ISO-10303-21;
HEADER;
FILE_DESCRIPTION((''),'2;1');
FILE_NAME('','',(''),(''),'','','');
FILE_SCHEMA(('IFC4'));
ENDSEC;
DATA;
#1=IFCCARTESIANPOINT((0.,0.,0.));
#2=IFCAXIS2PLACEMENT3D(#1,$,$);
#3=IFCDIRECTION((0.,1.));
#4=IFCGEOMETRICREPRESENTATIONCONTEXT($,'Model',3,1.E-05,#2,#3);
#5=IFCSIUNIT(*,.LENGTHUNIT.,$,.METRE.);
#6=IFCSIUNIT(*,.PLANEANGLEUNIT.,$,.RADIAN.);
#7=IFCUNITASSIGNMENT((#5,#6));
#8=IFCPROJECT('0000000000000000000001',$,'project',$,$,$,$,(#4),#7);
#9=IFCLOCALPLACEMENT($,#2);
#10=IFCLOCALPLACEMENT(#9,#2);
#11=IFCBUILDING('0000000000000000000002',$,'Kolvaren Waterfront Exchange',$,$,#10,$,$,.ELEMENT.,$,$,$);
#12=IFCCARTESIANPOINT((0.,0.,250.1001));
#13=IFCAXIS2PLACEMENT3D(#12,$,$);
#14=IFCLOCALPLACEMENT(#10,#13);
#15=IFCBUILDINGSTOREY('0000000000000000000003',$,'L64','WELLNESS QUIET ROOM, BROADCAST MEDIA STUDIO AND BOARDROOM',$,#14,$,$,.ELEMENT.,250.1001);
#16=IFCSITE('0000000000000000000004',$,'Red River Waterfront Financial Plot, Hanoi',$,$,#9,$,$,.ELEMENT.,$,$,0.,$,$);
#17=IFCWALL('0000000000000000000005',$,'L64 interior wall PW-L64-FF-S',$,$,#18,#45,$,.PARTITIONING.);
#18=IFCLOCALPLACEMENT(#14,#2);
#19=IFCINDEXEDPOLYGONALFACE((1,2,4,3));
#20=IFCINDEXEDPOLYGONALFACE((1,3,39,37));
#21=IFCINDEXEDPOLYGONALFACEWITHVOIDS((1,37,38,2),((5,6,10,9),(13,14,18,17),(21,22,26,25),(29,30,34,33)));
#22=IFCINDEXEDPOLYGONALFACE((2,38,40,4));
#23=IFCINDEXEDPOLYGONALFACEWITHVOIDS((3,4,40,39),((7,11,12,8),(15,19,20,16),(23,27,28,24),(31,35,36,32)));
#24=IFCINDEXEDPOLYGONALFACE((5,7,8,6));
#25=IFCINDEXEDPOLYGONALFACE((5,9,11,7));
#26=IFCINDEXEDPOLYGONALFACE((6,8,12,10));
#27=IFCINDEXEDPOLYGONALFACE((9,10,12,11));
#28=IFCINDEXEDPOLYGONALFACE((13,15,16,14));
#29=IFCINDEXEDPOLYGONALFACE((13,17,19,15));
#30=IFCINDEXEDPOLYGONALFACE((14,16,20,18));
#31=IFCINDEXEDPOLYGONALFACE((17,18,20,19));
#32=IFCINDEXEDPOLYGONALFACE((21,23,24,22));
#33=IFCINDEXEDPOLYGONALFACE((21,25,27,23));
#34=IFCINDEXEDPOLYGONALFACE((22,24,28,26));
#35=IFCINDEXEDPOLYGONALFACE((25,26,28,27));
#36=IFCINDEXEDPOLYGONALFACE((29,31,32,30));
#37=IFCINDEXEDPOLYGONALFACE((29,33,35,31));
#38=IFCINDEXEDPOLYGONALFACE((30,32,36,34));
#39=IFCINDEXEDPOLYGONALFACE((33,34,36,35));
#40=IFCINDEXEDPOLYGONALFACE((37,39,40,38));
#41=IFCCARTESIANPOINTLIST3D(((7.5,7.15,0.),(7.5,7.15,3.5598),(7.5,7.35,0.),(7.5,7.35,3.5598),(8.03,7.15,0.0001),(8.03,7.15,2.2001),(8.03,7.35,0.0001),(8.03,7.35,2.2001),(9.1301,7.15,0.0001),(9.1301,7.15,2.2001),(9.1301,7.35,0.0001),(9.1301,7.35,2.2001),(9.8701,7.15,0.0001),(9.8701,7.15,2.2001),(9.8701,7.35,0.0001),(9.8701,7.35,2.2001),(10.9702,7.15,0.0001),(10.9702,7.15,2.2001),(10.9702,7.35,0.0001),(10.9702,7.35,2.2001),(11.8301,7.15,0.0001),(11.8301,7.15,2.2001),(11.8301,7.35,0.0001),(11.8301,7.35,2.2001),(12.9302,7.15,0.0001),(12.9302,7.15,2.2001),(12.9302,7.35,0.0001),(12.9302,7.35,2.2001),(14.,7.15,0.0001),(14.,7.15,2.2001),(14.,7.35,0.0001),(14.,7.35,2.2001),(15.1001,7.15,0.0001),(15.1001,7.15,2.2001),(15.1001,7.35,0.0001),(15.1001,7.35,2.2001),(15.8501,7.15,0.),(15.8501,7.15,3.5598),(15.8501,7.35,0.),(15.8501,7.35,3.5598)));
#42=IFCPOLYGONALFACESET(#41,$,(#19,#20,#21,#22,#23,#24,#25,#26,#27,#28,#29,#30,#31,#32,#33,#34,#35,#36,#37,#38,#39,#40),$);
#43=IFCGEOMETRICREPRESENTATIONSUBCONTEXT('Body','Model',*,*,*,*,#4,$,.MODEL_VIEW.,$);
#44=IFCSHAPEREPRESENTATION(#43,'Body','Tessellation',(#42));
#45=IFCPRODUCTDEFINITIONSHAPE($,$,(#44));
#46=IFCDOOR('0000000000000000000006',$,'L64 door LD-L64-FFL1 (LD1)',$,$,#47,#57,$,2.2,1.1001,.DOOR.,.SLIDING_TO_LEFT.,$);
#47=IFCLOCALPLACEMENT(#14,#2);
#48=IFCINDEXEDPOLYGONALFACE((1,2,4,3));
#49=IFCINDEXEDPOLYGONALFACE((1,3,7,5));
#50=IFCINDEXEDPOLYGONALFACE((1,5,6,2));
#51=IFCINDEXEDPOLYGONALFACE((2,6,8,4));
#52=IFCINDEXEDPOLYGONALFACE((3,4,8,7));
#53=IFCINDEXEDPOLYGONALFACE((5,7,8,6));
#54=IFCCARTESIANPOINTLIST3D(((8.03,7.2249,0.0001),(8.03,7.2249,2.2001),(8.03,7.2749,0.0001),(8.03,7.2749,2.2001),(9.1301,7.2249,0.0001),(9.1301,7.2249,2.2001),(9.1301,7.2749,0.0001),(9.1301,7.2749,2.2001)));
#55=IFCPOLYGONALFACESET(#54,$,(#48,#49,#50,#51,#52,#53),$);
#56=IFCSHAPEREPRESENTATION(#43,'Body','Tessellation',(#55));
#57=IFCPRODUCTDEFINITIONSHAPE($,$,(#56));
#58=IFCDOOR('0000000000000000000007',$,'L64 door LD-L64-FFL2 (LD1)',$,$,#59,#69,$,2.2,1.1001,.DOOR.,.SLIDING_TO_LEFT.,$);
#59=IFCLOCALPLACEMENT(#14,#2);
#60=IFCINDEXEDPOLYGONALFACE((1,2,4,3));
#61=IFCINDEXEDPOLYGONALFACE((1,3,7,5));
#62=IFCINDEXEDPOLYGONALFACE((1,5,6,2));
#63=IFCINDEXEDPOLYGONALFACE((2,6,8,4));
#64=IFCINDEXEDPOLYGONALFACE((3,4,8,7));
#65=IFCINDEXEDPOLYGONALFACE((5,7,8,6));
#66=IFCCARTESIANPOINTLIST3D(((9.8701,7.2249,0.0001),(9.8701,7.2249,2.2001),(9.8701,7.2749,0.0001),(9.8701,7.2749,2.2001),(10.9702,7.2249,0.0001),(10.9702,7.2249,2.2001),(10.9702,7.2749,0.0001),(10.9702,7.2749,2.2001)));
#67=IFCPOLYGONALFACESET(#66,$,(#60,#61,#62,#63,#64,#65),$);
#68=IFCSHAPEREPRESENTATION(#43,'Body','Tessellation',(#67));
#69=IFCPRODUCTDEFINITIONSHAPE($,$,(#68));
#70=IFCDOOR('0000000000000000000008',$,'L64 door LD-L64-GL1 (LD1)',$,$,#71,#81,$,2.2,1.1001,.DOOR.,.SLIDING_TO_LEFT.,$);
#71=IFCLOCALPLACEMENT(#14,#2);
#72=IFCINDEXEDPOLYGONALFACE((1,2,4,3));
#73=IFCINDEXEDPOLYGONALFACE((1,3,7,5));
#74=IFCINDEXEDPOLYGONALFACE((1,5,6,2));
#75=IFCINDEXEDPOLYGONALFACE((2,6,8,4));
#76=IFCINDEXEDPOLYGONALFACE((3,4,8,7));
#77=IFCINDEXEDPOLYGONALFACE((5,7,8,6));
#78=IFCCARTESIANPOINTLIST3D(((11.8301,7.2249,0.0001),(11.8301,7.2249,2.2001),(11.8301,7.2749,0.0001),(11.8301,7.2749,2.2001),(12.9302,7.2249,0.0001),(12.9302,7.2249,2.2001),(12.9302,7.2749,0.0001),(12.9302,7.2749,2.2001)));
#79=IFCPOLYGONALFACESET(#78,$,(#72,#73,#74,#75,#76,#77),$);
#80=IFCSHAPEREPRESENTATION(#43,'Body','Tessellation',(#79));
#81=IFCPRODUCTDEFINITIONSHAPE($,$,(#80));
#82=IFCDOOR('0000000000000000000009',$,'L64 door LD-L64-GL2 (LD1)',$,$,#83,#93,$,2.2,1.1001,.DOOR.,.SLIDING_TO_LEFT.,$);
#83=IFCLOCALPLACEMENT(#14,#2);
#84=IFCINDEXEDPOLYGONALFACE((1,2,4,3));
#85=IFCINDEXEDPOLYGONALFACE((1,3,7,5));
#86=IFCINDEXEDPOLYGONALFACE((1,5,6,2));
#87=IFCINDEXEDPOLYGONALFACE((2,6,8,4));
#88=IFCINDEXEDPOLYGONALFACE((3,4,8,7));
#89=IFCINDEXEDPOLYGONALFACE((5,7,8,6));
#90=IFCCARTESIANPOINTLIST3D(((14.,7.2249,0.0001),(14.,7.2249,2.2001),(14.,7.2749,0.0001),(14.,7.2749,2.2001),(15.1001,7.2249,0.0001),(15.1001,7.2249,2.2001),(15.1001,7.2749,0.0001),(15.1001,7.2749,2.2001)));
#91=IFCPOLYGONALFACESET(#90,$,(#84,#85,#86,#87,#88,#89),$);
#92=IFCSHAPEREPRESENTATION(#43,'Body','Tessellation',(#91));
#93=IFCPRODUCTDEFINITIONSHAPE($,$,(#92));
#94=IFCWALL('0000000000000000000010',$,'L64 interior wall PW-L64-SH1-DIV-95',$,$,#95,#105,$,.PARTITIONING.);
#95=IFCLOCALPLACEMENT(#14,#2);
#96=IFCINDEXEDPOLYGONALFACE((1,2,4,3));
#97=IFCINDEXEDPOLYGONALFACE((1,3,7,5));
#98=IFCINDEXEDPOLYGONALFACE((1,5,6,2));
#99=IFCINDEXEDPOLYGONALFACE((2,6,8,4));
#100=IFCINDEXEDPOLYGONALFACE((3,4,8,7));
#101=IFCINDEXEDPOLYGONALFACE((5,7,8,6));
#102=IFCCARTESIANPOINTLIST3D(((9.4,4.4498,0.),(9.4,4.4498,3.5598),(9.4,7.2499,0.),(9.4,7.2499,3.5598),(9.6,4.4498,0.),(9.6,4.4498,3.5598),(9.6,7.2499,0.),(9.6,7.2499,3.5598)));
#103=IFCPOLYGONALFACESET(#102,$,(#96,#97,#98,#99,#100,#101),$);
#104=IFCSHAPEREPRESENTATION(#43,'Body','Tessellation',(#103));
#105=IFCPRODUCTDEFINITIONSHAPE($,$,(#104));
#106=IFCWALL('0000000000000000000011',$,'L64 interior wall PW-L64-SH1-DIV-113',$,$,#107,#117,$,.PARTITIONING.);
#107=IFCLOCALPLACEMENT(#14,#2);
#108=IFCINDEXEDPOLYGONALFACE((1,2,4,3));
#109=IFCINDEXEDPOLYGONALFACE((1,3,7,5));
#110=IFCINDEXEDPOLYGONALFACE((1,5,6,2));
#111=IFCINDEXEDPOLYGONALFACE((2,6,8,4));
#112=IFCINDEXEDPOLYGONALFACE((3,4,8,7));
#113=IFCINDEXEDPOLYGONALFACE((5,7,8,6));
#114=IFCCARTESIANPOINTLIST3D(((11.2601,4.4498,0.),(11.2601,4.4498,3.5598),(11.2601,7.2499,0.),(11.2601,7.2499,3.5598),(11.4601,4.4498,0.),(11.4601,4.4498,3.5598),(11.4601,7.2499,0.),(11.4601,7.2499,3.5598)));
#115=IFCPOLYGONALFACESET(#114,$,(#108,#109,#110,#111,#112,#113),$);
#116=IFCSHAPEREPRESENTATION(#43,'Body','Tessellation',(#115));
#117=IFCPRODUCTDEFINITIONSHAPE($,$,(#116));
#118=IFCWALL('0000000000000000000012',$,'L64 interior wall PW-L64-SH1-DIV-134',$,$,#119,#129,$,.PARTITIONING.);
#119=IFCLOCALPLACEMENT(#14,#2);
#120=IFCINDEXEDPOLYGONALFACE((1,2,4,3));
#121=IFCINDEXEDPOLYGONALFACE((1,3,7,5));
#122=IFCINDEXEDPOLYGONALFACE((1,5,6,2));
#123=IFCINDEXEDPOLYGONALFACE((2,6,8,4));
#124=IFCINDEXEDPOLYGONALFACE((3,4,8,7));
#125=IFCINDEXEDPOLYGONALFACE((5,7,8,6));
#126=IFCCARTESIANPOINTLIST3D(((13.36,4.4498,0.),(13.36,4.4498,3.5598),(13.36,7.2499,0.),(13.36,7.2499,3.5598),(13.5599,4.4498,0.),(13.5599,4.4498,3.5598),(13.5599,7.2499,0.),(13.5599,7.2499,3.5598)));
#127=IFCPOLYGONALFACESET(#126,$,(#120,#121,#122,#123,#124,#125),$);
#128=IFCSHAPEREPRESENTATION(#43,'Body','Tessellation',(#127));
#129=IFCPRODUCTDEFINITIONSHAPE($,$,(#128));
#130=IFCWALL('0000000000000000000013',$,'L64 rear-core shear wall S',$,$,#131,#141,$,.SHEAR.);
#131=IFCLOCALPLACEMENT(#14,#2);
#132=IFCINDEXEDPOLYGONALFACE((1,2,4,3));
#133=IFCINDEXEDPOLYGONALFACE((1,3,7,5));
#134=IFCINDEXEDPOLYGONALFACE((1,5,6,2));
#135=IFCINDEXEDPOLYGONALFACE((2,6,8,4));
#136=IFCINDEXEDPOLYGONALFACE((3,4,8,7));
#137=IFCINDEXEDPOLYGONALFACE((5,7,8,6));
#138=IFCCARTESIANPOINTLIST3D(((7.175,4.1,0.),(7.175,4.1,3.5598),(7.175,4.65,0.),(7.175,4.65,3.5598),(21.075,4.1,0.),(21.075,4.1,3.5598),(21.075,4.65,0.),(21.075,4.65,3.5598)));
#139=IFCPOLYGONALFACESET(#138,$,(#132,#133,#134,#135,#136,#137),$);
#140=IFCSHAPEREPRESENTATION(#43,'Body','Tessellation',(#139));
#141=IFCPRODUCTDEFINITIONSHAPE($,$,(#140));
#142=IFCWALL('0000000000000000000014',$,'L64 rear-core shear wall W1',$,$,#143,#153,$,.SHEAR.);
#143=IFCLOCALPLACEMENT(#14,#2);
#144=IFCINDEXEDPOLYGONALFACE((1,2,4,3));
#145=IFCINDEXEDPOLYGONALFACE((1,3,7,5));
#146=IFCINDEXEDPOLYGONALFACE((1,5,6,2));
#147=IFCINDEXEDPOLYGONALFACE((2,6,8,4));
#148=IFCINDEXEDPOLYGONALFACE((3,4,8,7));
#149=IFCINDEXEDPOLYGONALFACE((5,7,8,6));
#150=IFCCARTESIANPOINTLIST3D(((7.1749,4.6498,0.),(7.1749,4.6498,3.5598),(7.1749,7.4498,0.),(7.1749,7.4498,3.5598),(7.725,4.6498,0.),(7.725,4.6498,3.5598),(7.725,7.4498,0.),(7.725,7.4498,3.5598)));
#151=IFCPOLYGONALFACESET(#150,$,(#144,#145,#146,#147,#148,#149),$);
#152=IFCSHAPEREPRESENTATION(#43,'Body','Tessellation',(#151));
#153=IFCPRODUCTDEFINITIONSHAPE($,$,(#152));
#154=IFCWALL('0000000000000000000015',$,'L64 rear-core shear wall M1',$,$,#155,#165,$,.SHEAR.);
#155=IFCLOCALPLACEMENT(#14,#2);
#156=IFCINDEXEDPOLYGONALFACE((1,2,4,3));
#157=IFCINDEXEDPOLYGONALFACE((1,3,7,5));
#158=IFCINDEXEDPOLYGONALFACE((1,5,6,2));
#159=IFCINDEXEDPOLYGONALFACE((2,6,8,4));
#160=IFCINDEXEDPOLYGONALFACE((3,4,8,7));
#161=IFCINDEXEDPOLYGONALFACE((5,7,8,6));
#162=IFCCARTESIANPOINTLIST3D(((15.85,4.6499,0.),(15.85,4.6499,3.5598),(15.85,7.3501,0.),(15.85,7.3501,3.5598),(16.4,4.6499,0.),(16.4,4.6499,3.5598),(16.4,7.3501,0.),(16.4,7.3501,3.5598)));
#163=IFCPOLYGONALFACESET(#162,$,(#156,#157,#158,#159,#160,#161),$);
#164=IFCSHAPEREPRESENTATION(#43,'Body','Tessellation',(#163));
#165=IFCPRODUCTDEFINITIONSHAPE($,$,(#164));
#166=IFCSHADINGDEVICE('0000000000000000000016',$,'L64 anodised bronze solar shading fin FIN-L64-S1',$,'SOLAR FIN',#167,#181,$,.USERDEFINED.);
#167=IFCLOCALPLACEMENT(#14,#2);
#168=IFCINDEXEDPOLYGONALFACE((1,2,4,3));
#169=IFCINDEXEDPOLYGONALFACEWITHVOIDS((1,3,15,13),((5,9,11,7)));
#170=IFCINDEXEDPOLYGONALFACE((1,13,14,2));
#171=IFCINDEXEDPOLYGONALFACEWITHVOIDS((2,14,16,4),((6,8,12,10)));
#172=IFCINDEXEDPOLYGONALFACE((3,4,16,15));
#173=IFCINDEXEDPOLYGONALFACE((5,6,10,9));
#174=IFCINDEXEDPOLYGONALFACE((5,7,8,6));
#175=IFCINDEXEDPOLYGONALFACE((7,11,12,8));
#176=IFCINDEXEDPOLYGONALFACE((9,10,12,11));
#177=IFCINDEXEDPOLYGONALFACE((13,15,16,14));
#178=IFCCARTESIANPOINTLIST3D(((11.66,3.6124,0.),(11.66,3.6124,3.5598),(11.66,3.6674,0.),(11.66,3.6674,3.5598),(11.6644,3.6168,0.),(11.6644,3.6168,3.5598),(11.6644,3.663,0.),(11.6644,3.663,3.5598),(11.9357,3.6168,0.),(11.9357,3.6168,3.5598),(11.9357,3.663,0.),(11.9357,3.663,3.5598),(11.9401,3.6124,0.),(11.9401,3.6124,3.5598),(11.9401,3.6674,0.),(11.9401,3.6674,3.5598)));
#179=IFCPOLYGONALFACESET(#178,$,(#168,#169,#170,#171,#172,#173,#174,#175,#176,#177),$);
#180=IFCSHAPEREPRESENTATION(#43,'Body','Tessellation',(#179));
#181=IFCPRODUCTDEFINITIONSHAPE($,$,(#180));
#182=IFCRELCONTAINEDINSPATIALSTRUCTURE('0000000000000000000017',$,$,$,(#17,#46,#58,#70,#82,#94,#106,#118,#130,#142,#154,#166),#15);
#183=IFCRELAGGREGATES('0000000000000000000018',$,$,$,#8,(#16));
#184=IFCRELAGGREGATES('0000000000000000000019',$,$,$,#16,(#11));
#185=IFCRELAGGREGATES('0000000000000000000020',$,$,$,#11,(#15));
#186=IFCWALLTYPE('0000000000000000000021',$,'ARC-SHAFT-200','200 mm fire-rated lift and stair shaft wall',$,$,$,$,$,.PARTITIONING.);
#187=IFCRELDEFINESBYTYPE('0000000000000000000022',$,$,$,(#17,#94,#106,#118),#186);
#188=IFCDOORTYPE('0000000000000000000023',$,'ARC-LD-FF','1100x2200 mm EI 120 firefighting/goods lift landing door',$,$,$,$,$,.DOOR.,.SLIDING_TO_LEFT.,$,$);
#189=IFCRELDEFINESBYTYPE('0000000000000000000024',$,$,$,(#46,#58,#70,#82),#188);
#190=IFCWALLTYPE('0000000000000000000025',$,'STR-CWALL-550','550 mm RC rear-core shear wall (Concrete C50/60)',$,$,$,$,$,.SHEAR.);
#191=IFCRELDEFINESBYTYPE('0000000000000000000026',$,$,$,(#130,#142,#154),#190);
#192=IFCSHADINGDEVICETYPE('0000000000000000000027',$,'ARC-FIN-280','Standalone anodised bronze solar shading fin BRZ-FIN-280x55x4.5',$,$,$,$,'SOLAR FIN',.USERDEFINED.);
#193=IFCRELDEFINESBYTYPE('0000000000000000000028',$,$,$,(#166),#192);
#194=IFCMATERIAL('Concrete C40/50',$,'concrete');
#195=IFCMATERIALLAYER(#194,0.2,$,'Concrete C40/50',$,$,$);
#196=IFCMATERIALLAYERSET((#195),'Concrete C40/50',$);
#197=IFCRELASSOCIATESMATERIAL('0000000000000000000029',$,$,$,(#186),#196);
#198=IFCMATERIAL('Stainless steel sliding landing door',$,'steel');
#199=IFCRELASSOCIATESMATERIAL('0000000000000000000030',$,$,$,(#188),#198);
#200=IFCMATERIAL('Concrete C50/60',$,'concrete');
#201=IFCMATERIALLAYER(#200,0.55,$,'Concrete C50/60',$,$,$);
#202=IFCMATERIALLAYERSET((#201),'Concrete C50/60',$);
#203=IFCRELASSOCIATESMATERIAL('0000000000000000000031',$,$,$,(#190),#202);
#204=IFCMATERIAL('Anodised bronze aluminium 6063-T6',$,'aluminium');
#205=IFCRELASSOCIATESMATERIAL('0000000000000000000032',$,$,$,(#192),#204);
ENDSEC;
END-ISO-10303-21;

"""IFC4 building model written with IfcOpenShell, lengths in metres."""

from ifc_helpers import new_model, si_unit, direction, frame, frame_2d, origin, origin_2d, place, context, subcontext, project, spatial, rectangle, hollow_rectangle, extrude, material, layer, layer_set, material_profile, profile_set, type_object, element, fill, save


model = new_model("IFC4")

# Units and contexts
model_context = context("Model", 3, precision=1e-05, world=origin(), true_north=direction((0.0, 1.0)))
body_context = subcontext(model_context, "Body", "Model", "MODEL_VIEW")
ifc_project = project(units=[si_unit("LENGTHUNIT", "METRE"), si_unit("PLANEANGLEUNIT", "RADIAN")], contexts=[model_context])

# Site, building, storey
site_placement = place(None, origin())
site = spatial("IfcSite", under=ifc_project, at=site_placement, Name="Red River Waterfront Financial Plot, Hanoi", CompositionType="ELEMENT", RefElevation=0.0)
building_placement = place(site_placement, origin())
building = spatial("IfcBuilding", under=site, at=building_placement, Name="Kolvaren Waterfront Exchange", CompositionType="ELEMENT")
storey_placement = place(building_placement, frame((0.0, 0.0, 250.1001)))
storey = spatial("IfcBuildingStorey", under=building, at=storey_placement, Name="L64", Description="WELLNESS QUIET ROOM, BROADCAST MEDIA STUDIO AND BOARDROOM", CompositionType="ELEMENT", Elevation=250.1001)

# Shared definitions
ifc_material_1 = material(Name="Concrete C50/60", Category="concrete")

# Shared definitions
ifc_material_2 = material(Name="Anodised bronze aluminium 6063-T6", Category="aluminium")

# Wall, openings, doors
ifc_material_3 = material(Name="Concrete C40/50", Category="concrete")
ifc_layer_1 = layer(ifc_material_3, 0.2, Name="Concrete C40/50")
ifc_layer_set_1 = layer_set([ifc_layer_1], Name="Concrete C40/50")
wall_type_1 = type_object("IfcWallType", Name="ARC-SHAFT-200", Description="200 mm fire-rated lift and stair shaft wall", PredefinedType="PARTITIONING", material=ifc_layer_set_1)
wall_1_placement = place(storey_placement, frame((7.5, 7.25, 0.0), z_axis=(0.0, 0.0, 1.0), x_axis=(1.0, 0.0, 0.0)))
wall_1 = element("IfcWall", 1, at=wall_1_placement, inside=storey, type_object=wall_type_1, Name="L64 interior wall PW-L64-FF-S", PredefinedType="PARTITIONING", context=body_context, shape_type="SweptSolid", body=[
    extrude(rectangle(XDim=8.3501, YDim=0.2, at=frame_2d((4.175, 0.0))), origin(), (0.0, 0.0, 1.0), 3.5598),
])
opening_1_placement = place(wall_1_placement, frame((0.53, 0.0, 0.0)))
opening_1 = element("IfcOpeningElement", 2, at=opening_1_placement, cuts=wall_1, PredefinedType="OPENING", context=body_context, shape_type="SweptSolid", body=[
    extrude(rectangle(XDim=1.1001, YDim=2.2, at=frame_2d((0.55, 1.1001))), frame((0.0, 0.1099, 0.0), z_axis=(0.0, -1.0, 0.0), x_axis=(1.0, 0.0, 0.0)), (0.0, 0.0, 1.0), 0.22),
])
opening_2_placement = place(wall_1_placement, frame((2.3701, 0.0, 0.0)))
opening_2 = element("IfcOpeningElement", 3, at=opening_2_placement, cuts=wall_1, PredefinedType="OPENING", context=body_context, shape_type="SweptSolid", body=[
    extrude(rectangle(XDim=1.1001, YDim=2.2, at=frame_2d((0.55, 1.1001))), frame((0.0, 0.1099, 0.0), z_axis=(0.0, -1.0, 0.0), x_axis=(1.0, 0.0, 0.0)), (0.0, 0.0, 1.0), 0.22),
])
opening_3_placement = place(wall_1_placement, frame((4.3301, 0.0, 0.0)))
opening_3 = element("IfcOpeningElement", 4, at=opening_3_placement, cuts=wall_1, PredefinedType="OPENING", context=body_context, shape_type="SweptSolid", body=[
    extrude(rectangle(XDim=1.1001, YDim=2.2, at=frame_2d((0.55, 1.1001))), frame((0.0, 0.1099, 0.0), z_axis=(0.0, -1.0, 0.0), x_axis=(1.0, 0.0, 0.0)), (0.0, 0.0, 1.0), 0.22),
])
opening_4_placement = place(wall_1_placement, frame((6.5, 0.0, 0.0)))
opening_4 = element("IfcOpeningElement", 5, at=opening_4_placement, cuts=wall_1, PredefinedType="OPENING", context=body_context, shape_type="SweptSolid", body=[
    extrude(rectangle(XDim=1.1001, YDim=2.2, at=frame_2d((0.55, 1.1001))), frame((0.0, 0.1099, 0.0), z_axis=(0.0, -1.0, 0.0), x_axis=(1.0, 0.0, 0.0)), (0.0, 0.0, 1.0), 0.22),
])
ifc_material_4 = material(Name="Stainless steel sliding landing door", Category="steel")
door_type = type_object("IfcDoorType", Name="ARC-LD-FF", Description="1100x2200 mm EI 120 firefighting/goods lift landing door", OperationType="SLIDING_TO_LEFT", PredefinedType="DOOR", material=ifc_material_4)
door_1_placement = place(opening_1_placement, origin())
door_1 = element("IfcDoor", 6, at=door_1_placement, inside=storey, type_object=door_type, Name="L64 door LD-L64-FFL1 (LD1)", OperationType="SLIDING_TO_LEFT", OverallHeight=2.2, OverallWidth=1.1001, PredefinedType="DOOR", context=body_context, shape_type="SweptSolid", body=[
    extrude(rectangle(XDim=1.1001, YDim=2.2, at=frame_2d((0.55, 1.1001))), frame((0.0, 0.0249, 0.0), z_axis=(0.0, -1.0, 0.0), x_axis=(1.0, 0.0, 0.0)), (0.0, 0.0, 1.0), 0.05),
])
fill(opening_1, door_1)
door_2_placement = place(opening_2_placement, origin())
door_2 = element("IfcDoor", 7, at=door_2_placement, inside=storey, type_object=door_type, Name="L64 door LD-L64-FFL2 (LD1)", OperationType="SLIDING_TO_LEFT", OverallHeight=2.2, OverallWidth=1.1001, PredefinedType="DOOR", context=body_context, shape_type="SweptSolid", body=[
    extrude(rectangle(XDim=1.1001, YDim=2.2, at=frame_2d((0.55, 1.1001))), frame((0.0, 0.0249, 0.0), z_axis=(0.0, -1.0, 0.0), x_axis=(1.0, 0.0, 0.0)), (0.0, 0.0, 1.0), 0.05),
])
fill(opening_2, door_2)
door_3_placement = place(opening_3_placement, origin())
door_3 = element("IfcDoor", 8, at=door_3_placement, inside=storey, type_object=door_type, Name="L64 door LD-L64-GL1 (LD1)", OperationType="SLIDING_TO_LEFT", OverallHeight=2.2, OverallWidth=1.1001, PredefinedType="DOOR", context=body_context, shape_type="SweptSolid", body=[
    extrude(rectangle(XDim=1.1001, YDim=2.2, at=frame_2d((0.55, 1.1001))), frame((0.0, 0.0249, 0.0), z_axis=(0.0, -1.0, 0.0), x_axis=(1.0, 0.0, 0.0)), (0.0, 0.0, 1.0), 0.05),
])
fill(opening_3, door_3)
door_4_placement = place(opening_4_placement, origin())
door_4 = element("IfcDoor", 9, at=door_4_placement, inside=storey, type_object=door_type, Name="L64 door LD-L64-GL2 (LD1)", OperationType="SLIDING_TO_LEFT", OverallHeight=2.2, OverallWidth=1.1001, PredefinedType="DOOR", context=body_context, shape_type="SweptSolid", body=[
    extrude(rectangle(XDim=1.1001, YDim=2.2, at=frame_2d((0.55, 1.1001))), frame((0.0, 0.0249, 0.0), z_axis=(0.0, -1.0, 0.0), x_axis=(1.0, 0.0, 0.0)), (0.0, 0.0, 1.0), 0.05),
])
fill(opening_4, door_4)

# Walls
for number, where, z_axis, x_axis, name in (
    (10, (9.5, 4.45, 0.0), (0.0, 0.0, 1.0), (0.0, 1.0, 0.0), "L64 interior wall PW-L64-SH1-DIV-95"),
    (11, (11.3601, 4.45, 0.0), (0.0, 0.0, 1.0), (0.0, 1.0, 0.0), "L64 interior wall PW-L64-SH1-DIV-113"),
    (12, (13.46, 4.45, 0.0), (0.0, 0.0, 1.0), (0.0, 1.0, 0.0), "L64 interior wall PW-L64-SH1-DIV-134"),
):
    element("IfcWall", number, at=place(storey_placement, frame(where, z_axis=z_axis, x_axis=x_axis)), inside=storey, type_object=wall_type_1, Name=name, PredefinedType="PARTITIONING", context=body_context, shape_type="SweptSolid", body=[
        extrude(rectangle(XDim=2.8, YDim=0.2, at=frame_2d((1.3999, 0.0))), origin(), (0.0, 0.0, 1.0), 3.5598),
    ])
ifc_layer_2 = layer(ifc_material_1, 0.55, Name="Concrete C50/60")
ifc_layer_set_2 = layer_set([ifc_layer_2], Name="Concrete C50/60")
wall_type_2 = type_object("IfcWallType", Name="STR-CWALL-550", Description="550 mm RC rear-core shear wall (Concrete C50/60)", PredefinedType="SHEAR", material=ifc_layer_set_2)
wall_2_placement = place(storey_placement, frame((7.175, 4.375, 0.0), z_axis=(0.0, 0.0, 1.0), x_axis=(1.0, 0.0, 0.0)))
element("IfcWall", 13, at=wall_2_placement, inside=storey, type_object=wall_type_2, Name="L64 rear-core shear wall S", PredefinedType="SHEAR", context=body_context, shape_type="SweptSolid", body=[
    extrude(rectangle(XDim=13.8999, YDim=0.55, at=frame_2d((6.95, 0.0))), origin(), (0.0, 0.0, 1.0), 3.5598),
])
wall_3_placement = place(storey_placement, frame((7.45, 4.6499, 0.0), z_axis=(0.0, 0.0, 1.0), x_axis=(0.0, 1.0, 0.0)))
element("IfcWall", 14, at=wall_3_placement, inside=storey, type_object=wall_type_2, Name="L64 rear-core shear wall W1", PredefinedType="SHEAR", context=body_context, shape_type="SweptSolid", body=[
    extrude(rectangle(XDim=2.8, YDim=0.55, at=frame_2d((1.3999, 0.0))), origin(), (0.0, 0.0, 1.0), 3.5598),
])
wall_4_placement = place(storey_placement, frame((16.125, 4.6499, 0.0), z_axis=(0.0, 0.0, 1.0), x_axis=(0.0, 1.0, 0.0)))
element("IfcWall", 15, at=wall_4_placement, inside=storey, type_object=wall_type_2, Name="L64 rear-core shear wall M1", PredefinedType="SHEAR", context=body_context, shape_type="SweptSolid", body=[
    extrude(rectangle(XDim=2.7002, YDim=0.55, at=frame_2d((1.3501, 0.0))), origin(), (0.0, 0.0, 1.0), 3.5598),
])

# Shading device
ifc_material_profile_1 = material_profile(ifc_material_2, hollow_rectangle(XDim=0.0549, YDim=0.28, WallThickness=0.0044, at=origin_2d()), Name="BRZ-FIN-280x55x4.5")
ifc_profile_set_1 = profile_set([ifc_material_profile_1], Name="Anodised bronze aluminium 6063-T6")
shading_device_type = type_object("IfcShadingDeviceType", Name="ARC-FIN-280", Description="Standalone anodised bronze solar shading fin BRZ-FIN-280x55x4.5", ElementType="SOLAR FIN", PredefinedType="USERDEFINED", material=ifc_profile_set_1)
shading_device_placement = place(storey_placement, frame((11.8, 3.6399, 0.0), z_axis=(0.0, 0.0, 1.0), x_axis=(0.0, -1.0, 0.0)))
element("IfcShadingDevice", 16, at=shading_device_placement, inside=storey, type_object=shading_device_type, Name="L64 anodised bronze solar shading fin FIN-L64-S1", ObjectType="SOLAR FIN", PredefinedType="USERDEFINED", context=body_context, shape_type="SweptSolid", body=[
    extrude(hollow_rectangle(XDim=0.0549, YDim=0.28, WallThickness=0.0044, at=origin_2d()), origin(), (0.0, 0.0, 1.0), 3.5598),
])

save(model, "model.ifc")
